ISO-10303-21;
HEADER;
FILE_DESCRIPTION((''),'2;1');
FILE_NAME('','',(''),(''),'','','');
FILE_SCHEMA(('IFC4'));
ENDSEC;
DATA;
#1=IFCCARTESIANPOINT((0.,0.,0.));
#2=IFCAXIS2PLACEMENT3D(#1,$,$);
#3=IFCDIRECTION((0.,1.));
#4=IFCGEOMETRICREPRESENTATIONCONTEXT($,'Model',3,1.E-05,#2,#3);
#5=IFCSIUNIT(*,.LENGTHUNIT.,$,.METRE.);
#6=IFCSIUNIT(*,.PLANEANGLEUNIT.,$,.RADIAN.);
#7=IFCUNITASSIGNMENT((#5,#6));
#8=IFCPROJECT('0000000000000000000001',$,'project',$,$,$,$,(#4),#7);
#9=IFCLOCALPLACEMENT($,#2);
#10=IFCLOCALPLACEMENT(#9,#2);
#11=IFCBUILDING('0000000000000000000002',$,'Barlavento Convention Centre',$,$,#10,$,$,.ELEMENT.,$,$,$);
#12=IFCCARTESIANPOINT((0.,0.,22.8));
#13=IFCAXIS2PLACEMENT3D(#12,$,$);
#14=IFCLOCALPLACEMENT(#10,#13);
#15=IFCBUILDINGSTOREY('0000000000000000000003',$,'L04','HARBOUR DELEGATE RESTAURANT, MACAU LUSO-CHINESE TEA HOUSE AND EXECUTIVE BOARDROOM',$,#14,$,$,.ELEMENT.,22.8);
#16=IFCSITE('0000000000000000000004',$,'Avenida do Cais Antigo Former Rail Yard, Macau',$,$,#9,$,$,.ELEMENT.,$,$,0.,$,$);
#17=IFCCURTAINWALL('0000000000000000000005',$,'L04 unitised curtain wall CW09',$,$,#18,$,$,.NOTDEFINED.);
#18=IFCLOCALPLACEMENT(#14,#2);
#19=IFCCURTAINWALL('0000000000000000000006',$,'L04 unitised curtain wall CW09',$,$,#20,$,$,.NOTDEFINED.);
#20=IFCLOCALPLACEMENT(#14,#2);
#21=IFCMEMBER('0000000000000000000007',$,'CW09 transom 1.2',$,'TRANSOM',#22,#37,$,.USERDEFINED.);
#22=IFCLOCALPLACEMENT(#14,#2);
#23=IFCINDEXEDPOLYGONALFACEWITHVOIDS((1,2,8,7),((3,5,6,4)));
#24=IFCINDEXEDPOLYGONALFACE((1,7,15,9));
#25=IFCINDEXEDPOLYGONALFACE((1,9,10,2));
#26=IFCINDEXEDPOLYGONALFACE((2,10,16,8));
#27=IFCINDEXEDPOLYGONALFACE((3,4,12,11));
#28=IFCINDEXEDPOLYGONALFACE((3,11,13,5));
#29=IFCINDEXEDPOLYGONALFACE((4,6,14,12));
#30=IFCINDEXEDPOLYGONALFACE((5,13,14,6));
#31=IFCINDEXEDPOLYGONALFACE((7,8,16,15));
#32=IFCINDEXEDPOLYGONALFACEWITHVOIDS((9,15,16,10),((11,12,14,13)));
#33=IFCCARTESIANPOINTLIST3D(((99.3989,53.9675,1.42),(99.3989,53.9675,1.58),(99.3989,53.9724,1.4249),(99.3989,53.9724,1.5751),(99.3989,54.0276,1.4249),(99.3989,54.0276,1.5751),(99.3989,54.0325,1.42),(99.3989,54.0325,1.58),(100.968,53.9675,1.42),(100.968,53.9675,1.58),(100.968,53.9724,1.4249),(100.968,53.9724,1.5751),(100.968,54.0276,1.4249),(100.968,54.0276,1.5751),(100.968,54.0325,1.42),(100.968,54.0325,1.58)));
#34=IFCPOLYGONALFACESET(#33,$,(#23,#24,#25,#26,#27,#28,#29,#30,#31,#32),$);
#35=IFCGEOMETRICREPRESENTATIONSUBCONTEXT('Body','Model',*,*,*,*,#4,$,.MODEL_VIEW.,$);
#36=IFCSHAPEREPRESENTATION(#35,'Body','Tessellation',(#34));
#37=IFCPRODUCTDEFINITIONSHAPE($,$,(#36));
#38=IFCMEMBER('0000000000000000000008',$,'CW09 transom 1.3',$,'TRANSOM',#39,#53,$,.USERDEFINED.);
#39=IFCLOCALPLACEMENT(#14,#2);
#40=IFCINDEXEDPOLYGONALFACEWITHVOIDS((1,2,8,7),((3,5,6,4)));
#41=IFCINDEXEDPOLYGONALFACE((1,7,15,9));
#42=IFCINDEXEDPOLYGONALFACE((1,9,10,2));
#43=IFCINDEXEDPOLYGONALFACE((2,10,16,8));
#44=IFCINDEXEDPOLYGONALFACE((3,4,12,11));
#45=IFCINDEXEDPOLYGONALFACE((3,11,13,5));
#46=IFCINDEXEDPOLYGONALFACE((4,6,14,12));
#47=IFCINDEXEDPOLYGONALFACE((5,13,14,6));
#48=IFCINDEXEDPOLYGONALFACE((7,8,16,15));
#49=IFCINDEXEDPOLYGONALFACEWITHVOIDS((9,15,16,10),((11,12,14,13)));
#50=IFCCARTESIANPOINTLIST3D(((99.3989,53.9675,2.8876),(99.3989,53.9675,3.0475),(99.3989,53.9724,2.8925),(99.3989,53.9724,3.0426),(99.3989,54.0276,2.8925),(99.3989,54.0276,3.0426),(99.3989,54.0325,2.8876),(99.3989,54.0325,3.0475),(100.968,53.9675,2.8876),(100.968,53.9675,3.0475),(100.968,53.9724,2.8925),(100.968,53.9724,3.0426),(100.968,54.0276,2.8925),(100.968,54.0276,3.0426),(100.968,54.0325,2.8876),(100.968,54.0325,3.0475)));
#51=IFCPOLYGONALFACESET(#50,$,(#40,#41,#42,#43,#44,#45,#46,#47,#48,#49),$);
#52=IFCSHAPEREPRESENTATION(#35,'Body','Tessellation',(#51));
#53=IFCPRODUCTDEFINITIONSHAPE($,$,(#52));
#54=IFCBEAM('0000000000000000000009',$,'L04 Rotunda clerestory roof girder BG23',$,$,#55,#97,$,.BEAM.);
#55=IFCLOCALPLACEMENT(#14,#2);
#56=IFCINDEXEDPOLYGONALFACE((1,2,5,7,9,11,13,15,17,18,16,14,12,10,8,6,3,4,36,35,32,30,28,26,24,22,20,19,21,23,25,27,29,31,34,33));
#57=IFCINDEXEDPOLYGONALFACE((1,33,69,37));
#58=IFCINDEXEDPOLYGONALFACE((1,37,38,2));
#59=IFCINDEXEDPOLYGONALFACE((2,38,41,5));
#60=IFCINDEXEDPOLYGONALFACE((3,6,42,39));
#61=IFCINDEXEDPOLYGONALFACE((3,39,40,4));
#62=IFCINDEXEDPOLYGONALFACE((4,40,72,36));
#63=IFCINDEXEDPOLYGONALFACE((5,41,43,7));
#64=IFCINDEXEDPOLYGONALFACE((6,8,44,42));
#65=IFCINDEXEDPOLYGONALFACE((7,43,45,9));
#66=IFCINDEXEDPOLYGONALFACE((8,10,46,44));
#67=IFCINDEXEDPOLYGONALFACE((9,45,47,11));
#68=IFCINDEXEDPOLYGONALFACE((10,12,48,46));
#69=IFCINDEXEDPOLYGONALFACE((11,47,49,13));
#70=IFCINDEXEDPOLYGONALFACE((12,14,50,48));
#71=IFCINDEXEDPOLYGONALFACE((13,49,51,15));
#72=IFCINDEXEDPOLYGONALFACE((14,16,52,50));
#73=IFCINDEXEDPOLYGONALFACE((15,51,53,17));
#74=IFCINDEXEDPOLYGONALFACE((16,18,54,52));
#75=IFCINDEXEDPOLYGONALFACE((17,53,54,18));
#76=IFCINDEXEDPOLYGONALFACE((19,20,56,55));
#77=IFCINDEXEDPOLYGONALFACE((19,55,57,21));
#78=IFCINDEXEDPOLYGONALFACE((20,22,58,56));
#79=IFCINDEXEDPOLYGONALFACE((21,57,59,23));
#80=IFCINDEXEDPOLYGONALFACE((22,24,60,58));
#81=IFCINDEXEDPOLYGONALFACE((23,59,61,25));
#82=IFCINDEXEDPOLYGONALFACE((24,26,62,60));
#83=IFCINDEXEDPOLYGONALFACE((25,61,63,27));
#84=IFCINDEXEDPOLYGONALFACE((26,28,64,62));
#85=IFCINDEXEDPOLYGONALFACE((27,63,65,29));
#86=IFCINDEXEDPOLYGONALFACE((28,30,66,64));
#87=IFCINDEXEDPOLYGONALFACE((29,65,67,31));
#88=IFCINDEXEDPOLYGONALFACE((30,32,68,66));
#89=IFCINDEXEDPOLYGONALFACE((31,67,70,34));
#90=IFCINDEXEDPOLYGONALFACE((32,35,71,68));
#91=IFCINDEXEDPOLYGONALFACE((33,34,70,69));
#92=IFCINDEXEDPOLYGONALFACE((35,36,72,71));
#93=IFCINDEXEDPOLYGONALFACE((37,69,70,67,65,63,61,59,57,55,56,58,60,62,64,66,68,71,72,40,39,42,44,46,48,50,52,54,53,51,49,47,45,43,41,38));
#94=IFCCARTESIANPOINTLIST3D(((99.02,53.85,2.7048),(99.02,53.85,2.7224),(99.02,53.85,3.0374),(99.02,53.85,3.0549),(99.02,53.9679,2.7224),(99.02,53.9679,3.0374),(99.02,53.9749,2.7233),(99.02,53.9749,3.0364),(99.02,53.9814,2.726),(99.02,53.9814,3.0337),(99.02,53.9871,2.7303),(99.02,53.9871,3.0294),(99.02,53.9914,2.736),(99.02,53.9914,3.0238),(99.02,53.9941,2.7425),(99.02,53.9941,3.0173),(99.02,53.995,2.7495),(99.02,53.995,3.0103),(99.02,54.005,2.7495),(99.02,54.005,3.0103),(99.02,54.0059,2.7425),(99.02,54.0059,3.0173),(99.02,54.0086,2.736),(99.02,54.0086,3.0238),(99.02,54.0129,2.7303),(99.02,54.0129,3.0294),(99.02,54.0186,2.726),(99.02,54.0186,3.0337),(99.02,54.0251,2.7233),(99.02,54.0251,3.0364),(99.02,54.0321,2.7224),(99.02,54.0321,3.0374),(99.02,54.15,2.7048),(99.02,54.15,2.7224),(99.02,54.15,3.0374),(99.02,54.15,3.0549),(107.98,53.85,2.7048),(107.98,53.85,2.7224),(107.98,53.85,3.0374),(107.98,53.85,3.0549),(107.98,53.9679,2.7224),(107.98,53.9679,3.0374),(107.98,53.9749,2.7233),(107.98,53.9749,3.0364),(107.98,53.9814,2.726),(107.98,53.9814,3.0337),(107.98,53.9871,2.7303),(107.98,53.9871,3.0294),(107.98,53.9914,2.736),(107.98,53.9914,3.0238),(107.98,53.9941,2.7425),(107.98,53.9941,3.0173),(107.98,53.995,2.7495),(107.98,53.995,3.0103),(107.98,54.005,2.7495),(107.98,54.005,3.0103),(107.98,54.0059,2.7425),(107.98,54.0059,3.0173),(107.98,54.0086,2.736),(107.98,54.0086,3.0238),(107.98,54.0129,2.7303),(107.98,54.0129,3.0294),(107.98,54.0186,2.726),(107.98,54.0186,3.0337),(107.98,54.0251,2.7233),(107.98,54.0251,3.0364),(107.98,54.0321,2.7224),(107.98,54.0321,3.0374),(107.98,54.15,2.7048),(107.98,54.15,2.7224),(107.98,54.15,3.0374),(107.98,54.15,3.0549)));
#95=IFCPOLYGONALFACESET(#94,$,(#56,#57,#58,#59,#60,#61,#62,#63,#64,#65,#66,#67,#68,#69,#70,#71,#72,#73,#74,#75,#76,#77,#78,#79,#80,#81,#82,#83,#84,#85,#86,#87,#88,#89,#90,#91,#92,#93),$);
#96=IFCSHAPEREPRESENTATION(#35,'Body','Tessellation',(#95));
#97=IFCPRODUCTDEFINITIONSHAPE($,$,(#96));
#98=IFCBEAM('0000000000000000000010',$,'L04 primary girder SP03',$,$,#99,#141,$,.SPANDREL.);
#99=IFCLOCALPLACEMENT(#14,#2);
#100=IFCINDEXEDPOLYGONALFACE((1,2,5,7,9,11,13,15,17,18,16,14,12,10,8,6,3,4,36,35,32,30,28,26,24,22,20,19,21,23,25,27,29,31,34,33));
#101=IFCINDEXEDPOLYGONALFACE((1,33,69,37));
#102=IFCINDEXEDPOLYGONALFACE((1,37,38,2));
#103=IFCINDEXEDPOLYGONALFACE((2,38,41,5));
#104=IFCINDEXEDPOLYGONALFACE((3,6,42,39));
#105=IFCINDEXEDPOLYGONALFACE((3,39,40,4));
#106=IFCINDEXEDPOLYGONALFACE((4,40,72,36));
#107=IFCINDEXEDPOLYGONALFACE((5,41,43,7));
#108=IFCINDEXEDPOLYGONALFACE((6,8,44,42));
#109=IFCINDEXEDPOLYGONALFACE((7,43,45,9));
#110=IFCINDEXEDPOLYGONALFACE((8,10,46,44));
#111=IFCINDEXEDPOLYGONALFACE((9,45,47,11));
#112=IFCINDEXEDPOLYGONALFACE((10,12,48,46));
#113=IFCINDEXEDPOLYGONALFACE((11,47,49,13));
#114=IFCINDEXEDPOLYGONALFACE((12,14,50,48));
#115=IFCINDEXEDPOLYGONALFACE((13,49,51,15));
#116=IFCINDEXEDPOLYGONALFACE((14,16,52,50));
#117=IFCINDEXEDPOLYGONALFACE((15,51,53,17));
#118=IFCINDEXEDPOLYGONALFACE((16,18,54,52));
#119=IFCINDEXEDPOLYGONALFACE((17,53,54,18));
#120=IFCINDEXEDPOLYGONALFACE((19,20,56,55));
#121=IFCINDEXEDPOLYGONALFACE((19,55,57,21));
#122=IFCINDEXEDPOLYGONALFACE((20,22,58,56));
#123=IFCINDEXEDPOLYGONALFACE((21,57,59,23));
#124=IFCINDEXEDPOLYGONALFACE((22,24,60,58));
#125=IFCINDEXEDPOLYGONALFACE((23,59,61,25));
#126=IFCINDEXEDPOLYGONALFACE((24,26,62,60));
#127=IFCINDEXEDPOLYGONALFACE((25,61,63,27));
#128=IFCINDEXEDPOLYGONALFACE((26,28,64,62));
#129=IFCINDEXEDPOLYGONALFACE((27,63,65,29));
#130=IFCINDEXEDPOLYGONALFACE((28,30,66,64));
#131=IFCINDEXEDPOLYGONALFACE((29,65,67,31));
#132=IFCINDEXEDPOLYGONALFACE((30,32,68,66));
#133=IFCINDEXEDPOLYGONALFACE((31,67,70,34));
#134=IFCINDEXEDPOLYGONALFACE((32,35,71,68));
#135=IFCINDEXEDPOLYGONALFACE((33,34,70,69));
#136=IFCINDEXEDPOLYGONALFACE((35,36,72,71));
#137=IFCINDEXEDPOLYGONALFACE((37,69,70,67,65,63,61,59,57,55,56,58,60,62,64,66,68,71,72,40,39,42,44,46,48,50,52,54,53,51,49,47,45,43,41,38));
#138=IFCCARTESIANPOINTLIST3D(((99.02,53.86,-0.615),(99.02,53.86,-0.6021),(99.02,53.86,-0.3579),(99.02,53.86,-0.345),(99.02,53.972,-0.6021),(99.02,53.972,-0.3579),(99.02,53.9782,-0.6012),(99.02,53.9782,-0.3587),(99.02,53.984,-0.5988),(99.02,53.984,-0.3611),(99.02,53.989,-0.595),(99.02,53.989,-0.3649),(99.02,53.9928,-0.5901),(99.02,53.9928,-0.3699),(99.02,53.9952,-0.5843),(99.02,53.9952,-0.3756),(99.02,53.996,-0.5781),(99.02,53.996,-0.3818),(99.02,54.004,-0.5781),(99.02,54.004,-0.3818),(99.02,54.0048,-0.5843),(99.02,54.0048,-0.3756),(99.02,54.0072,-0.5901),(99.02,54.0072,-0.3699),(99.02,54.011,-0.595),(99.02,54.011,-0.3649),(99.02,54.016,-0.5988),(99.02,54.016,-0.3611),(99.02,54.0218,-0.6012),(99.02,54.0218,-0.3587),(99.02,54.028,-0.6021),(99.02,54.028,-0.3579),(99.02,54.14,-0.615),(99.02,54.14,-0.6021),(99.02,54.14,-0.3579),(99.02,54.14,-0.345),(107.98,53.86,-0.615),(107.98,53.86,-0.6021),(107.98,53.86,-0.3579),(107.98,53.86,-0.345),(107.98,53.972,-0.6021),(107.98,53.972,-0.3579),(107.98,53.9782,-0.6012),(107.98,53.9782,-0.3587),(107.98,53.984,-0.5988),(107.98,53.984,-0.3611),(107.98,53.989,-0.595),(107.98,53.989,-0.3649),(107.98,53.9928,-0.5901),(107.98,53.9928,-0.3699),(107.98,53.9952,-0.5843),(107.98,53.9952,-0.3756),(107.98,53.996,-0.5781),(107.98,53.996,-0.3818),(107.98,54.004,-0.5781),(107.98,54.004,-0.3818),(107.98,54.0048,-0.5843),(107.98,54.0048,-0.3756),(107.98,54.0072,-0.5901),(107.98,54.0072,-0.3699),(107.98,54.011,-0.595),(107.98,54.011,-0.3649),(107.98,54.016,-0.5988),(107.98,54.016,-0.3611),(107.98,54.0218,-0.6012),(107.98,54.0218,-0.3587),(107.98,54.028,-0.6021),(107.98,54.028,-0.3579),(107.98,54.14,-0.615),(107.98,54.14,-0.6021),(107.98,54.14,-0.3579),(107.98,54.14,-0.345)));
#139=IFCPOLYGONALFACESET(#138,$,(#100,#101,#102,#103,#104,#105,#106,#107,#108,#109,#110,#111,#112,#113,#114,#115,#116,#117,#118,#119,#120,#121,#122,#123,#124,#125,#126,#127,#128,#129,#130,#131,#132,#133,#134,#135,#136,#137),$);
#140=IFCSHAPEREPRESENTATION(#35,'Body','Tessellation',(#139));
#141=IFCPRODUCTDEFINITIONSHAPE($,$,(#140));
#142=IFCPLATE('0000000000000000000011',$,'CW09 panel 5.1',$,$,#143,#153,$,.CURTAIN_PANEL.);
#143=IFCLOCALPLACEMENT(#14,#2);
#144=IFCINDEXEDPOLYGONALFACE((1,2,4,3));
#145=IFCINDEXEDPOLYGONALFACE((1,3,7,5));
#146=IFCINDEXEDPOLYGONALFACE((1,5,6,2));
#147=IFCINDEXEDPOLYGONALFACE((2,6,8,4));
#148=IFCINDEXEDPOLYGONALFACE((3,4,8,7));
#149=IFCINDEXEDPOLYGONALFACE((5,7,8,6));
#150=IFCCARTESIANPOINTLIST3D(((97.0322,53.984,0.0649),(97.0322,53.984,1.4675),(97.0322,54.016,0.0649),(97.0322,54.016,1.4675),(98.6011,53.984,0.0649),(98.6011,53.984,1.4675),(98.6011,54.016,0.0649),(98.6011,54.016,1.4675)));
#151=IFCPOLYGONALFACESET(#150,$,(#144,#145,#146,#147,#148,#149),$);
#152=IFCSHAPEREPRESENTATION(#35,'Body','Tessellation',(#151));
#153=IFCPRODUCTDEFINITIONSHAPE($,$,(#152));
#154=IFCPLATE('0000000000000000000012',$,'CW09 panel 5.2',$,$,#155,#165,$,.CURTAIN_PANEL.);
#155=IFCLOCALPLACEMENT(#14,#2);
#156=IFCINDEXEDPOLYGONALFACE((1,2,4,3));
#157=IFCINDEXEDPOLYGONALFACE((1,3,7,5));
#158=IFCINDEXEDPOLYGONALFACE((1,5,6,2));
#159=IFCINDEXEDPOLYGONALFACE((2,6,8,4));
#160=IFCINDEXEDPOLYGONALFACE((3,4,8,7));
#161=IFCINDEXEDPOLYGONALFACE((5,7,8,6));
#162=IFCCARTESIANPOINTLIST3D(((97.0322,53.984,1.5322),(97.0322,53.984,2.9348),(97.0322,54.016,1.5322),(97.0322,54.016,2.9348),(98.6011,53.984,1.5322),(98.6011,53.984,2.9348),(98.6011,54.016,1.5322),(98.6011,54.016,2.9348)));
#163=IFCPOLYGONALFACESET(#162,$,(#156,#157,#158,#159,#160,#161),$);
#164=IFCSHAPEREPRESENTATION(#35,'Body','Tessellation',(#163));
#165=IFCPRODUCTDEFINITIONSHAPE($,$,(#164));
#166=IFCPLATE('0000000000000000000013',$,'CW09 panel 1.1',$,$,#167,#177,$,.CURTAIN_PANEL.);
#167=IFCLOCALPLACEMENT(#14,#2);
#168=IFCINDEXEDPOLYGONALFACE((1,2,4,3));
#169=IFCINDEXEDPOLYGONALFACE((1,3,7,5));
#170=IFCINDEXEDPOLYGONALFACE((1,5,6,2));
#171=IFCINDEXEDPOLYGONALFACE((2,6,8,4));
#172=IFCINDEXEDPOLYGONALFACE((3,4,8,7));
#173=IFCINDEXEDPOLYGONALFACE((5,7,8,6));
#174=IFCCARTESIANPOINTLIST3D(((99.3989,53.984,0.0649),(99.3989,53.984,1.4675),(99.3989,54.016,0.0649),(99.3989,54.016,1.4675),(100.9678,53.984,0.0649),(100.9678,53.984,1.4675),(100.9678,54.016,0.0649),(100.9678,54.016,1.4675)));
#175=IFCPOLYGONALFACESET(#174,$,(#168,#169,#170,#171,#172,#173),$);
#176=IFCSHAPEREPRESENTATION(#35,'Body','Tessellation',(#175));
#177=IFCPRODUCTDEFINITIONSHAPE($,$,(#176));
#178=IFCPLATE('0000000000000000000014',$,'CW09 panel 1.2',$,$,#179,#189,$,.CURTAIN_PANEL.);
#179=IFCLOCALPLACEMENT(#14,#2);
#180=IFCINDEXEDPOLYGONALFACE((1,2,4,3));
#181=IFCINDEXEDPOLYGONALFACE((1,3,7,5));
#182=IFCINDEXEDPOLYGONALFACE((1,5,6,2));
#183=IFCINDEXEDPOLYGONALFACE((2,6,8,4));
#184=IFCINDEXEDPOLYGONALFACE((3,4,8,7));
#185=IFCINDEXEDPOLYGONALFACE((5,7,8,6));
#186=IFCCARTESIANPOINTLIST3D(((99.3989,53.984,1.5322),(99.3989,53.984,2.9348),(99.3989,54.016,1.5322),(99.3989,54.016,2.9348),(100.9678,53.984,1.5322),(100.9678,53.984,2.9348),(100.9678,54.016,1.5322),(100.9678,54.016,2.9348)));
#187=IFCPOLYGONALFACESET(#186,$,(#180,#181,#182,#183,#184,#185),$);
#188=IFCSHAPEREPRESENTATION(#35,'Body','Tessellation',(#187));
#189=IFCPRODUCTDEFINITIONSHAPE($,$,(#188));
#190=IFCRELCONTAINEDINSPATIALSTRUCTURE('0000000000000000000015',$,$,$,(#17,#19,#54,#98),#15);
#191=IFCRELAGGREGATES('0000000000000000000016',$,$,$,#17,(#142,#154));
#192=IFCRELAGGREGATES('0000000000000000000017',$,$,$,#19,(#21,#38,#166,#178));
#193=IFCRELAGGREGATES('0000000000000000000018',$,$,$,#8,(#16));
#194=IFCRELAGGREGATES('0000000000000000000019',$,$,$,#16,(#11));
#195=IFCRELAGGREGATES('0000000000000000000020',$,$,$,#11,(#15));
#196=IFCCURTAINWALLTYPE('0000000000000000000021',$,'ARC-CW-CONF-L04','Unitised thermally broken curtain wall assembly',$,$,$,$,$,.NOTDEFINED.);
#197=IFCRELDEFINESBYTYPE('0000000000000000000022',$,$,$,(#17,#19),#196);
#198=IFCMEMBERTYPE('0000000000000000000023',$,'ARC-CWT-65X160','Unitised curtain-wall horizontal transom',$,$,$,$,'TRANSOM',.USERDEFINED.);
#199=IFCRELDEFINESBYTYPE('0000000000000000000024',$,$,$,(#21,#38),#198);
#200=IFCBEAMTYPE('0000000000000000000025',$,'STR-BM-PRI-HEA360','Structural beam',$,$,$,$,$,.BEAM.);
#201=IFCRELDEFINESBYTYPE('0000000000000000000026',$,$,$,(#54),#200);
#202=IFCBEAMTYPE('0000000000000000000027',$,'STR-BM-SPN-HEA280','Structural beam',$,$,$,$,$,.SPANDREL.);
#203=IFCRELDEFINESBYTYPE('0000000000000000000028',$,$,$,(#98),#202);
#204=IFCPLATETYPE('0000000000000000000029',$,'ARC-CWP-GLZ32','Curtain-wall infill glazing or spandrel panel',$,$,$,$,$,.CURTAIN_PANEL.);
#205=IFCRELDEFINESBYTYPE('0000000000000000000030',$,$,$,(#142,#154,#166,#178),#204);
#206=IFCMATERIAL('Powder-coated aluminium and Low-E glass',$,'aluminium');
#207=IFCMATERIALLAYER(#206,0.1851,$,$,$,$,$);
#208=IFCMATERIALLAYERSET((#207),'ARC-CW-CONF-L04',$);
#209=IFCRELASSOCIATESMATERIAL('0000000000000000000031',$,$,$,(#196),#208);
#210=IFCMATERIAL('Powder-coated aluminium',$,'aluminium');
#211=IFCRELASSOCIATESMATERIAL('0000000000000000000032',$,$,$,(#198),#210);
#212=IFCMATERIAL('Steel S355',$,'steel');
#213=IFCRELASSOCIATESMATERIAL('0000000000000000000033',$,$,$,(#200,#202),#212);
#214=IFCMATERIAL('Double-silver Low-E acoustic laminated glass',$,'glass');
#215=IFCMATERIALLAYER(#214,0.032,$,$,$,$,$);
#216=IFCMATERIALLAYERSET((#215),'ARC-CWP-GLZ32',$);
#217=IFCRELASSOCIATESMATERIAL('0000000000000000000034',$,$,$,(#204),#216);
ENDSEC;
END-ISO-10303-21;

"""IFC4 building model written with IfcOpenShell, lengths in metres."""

from ifc_helpers import new_model, si_unit, direction, frame, origin, origin_2d, place, context, subcontext, project, spatial, rectangle, hollow_rectangle, i_section, extrude, material, layer, layer_set, material_profile, profile_set, type_object, element, aggregate, save


model = new_model("IFC4")

# Units and contexts
model_context = context("Model", 3, precision=1e-05, world=origin(), true_north=direction((0.0, 1.0)))
body_context = subcontext(model_context, "Body", "Model", "MODEL_VIEW")
ifc_project = project(units=[si_unit("LENGTHUNIT", "METRE"), si_unit("PLANEANGLEUNIT", "RADIAN")], contexts=[model_context])

# Site, building, storey
site_placement = place(None, origin())
site = spatial("IfcSite", under=ifc_project, at=site_placement, Name="Avenida do Cais Antigo Former Rail Yard, Macau", CompositionType="ELEMENT", RefElevation=0.0)
building_placement = place(site_placement, origin())
building = spatial("IfcBuilding", under=site, at=building_placement, Name="Barlavento Convention Centre", CompositionType="ELEMENT")
storey_placement = place(building_placement, frame((0.0, 0.0, 22.8)))
storey = spatial("IfcBuildingStorey", under=building, at=storey_placement, Name="L04", Description="HARBOUR DELEGATE RESTAURANT, MACAU LUSO-CHINESE TEA HOUSE AND EXECUTIVE BOARDROOM", CompositionType="ELEMENT", Elevation=22.8)

# Curtain wall
ifc_material_1 = material(Name="Powder-coated aluminium and Low-E glass", Category="aluminium")
ifc_layer_1 = layer(ifc_material_1, 0.1851)
ifc_layer_set_1 = layer_set([ifc_layer_1], Name="ARC-CW-CONF-L04")
curtain_wall_type = type_object("IfcCurtainWallType", Name="ARC-CW-CONF-L04", Description="Unitised thermally broken curtain wall assembly", PredefinedType="NOTDEFINED", material=ifc_layer_set_1)
curtain_wall_1_placement = place(storey_placement, origin())
curtain_wall_1 = element("IfcCurtainWall", 1, at=curtain_wall_1_placement, inside=storey, type_object=curtain_wall_type, Name="L04 unitised curtain wall CW09", PredefinedType="NOTDEFINED")
ifc_material_2 = material(Name="Powder-coated aluminium", Category="aluminium")

# Curtain wall
curtain_wall_2_placement = place(storey_placement, origin())
curtain_wall_2 = element("IfcCurtainWall", 2, at=curtain_wall_2_placement, inside=storey, type_object=curtain_wall_type, Name="L04 unitised curtain wall CW09", PredefinedType="NOTDEFINED")

# Members
ifc_material_profile_1 = material_profile(ifc_material_2, hollow_rectangle(XDim=0.0649, YDim=0.1599, WallThickness=0.0049, at=origin_2d()), Name="AL-TRAN 65x160x5")
ifc_profile_set_1 = profile_set([ifc_material_profile_1], Name="Powder-coated aluminium")
member_type_1 = type_object("IfcMemberType", Name="ARC-CWT-65X160", Description="Unitised curtain-wall horizontal transom", ElementType="TRANSOM", PredefinedType="USERDEFINED", material=ifc_profile_set_1)
member_1_placement = place(storey_placement, frame((99.3989, 54.0, 1.5), z_axis=(1.0, 0.0, 0.0), x_axis=(0.0, 1.0, 0.0)))
member_1 = element("IfcMember", 3, at=member_1_placement, type_object=member_type_1, Name="CW09 transom 1.2", ObjectType="TRANSOM", PredefinedType="USERDEFINED", context=body_context, shape_type="SweptSolid", body=[
    extrude(hollow_rectangle(XDim=0.0649, YDim=0.1599, WallThickness=0.0049, at=origin_2d()), origin(), (0.0, 0.0, 1.0), 1.5691),
])
member_2_placement = place(storey_placement, frame((99.3989, 54.0, 2.9675), z_axis=(1.0, 0.0, 0.0), x_axis=(0.0, 1.0, 0.0)))
member_2 = element("IfcMember", 4, at=member_2_placement, type_object=member_type_1, Name="CW09 transom 1.3", ObjectType="TRANSOM", PredefinedType="USERDEFINED", context=body_context, shape_type="SweptSolid", body=[
    extrude(hollow_rectangle(XDim=0.0649, YDim=0.1599, WallThickness=0.0049, at=origin_2d()), origin(), (0.0, 0.0, 1.0), 1.5691),
])

# Beams
ifc_material_3 = material(Name="Steel S355", Category="steel")
ifc_material_profile_2 = material_profile(ifc_material_3, i_section(OverallWidth=0.3, OverallDepth=0.3501, WebThickness=0.01, FlangeThickness=0.0176, FilletRadius=0.0271, at=origin_2d()), Name="HEA 360")
ifc_profile_set_2 = profile_set([ifc_material_profile_2], Name="Steel S355")
beam_type_1 = type_object("IfcBeamType", Name="STR-BM-PRI-HEA360", Description="Structural beam", PredefinedType="BEAM", material=ifc_profile_set_2)
beam_1_placement = place(storey_placement, frame((99.02, 54.0, 2.8799), z_axis=(1.0, 0.0, 0.0), x_axis=(0.0, 1.0, 0.0)))
element("IfcBeam", 5, at=beam_1_placement, inside=storey, type_object=beam_type_1, Name="L04 Rotunda clerestory roof girder BG23", PredefinedType="BEAM", context=body_context, shape_type="SweptSolid", body=[
    extrude(i_section(OverallWidth=0.3, OverallDepth=0.3501, WebThickness=0.01, FlangeThickness=0.0176, FilletRadius=0.0271, at=origin_2d()), origin(), (0.0, 0.0, 1.0), 8.96),
])
ifc_material_profile_3 = material_profile(ifc_material_3, i_section(OverallWidth=0.28, OverallDepth=0.27, WebThickness=0.0081, FlangeThickness=0.0129, FilletRadius=0.0239, at=origin_2d()), Name="HEA 280")
ifc_profile_set_3 = profile_set([ifc_material_profile_3], Name="Steel S355")
beam_type_2 = type_object("IfcBeamType", Name="STR-BM-SPN-HEA280", Description="Structural beam", PredefinedType="SPANDREL", material=ifc_profile_set_3)
beam_2_placement = place(storey_placement, frame((99.02, 54.0, -0.48), z_axis=(1.0, 0.0, 0.0), x_axis=(0.0, 1.0, 0.0)))
element("IfcBeam", 6, at=beam_2_placement, inside=storey, type_object=beam_type_2, Name="L04 primary girder SP03", PredefinedType="SPANDREL", context=body_context, shape_type="SweptSolid", body=[
    extrude(i_section(OverallWidth=0.28, OverallDepth=0.27, WebThickness=0.0081, FlangeThickness=0.0129, FilletRadius=0.0239, at=origin_2d()), origin(), (0.0, 0.0, 1.0), 8.96),
])

# Plates
ifc_material_4 = material(Name="Double-silver Low-E acoustic laminated glass", Category="glass")
ifc_layer_2 = layer(ifc_material_4, 0.032)
ifc_layer_set_2 = layer_set([ifc_layer_2], Name="ARC-CWP-GLZ32")
plate_type_1 = type_object("IfcPlateType", Name="ARC-CWP-GLZ32", Description="Curtain-wall infill glazing or spandrel panel", PredefinedType="CURTAIN_PANEL", material=ifc_layer_set_2)
plate_1_placement = place(storey_placement, frame((97.8167, 54.0, 0.0649), z_axis=(0.0, 0.0, 1.0), x_axis=(1.0, 0.0, 0.0)))
plate_1 = element("IfcPlate", 7, at=plate_1_placement, type_object=plate_type_1, Name="CW09 panel 5.1", PredefinedType="CURTAIN_PANEL", context=body_context, shape_type="SweptSolid", body=[
    extrude(rectangle(XDim=1.5688, YDim=0.032, at=origin_2d()), origin(), (0.0, 0.0, 1.0), 1.4026),
])
plate_2_placement = place(storey_placement, frame((97.8167, 54.0, 1.5322), z_axis=(0.0, 0.0, 1.0), x_axis=(1.0, 0.0, 0.0)))
plate_2 = element("IfcPlate", 8, at=plate_2_placement, type_object=plate_type_1, Name="CW09 panel 5.2", PredefinedType="CURTAIN_PANEL", context=body_context, shape_type="SweptSolid", body=[
    extrude(rectangle(XDim=1.5688, YDim=0.032, at=origin_2d()), origin(), (0.0, 0.0, 1.0), 1.4026),
])
aggregate(curtain_wall_1, [plate_1, plate_2])
plate_3_placement = place(storey_placement, frame((100.1833, 54.0, 0.0649), z_axis=(0.0, 0.0, 1.0), x_axis=(1.0, 0.0, 0.0)))
plate_3 = element("IfcPlate", 9, at=plate_3_placement, type_object=plate_type_1, Name="CW09 panel 1.1", PredefinedType="CURTAIN_PANEL", context=body_context, shape_type="SweptSolid", body=[
    extrude(rectangle(XDim=1.5688, YDim=0.032, at=origin_2d()), origin(), (0.0, 0.0, 1.0), 1.4026),
])
plate_4_placement = place(storey_placement, frame((100.1833, 54.0, 1.5322), z_axis=(0.0, 0.0, 1.0), x_axis=(1.0, 0.0, 0.0)))
plate_4 = element("IfcPlate", 10, at=plate_4_placement, type_object=plate_type_1, Name="CW09 panel 1.2", PredefinedType="CURTAIN_PANEL", context=body_context, shape_type="SweptSolid", body=[
    extrude(rectangle(XDim=1.5688, YDim=0.032, at=origin_2d()), origin(), (0.0, 0.0, 1.0), 1.4026),
])
aggregate(curtain_wall_2, [member_1, member_2, plate_3, plate_4])

save(model, "model.ifc")
